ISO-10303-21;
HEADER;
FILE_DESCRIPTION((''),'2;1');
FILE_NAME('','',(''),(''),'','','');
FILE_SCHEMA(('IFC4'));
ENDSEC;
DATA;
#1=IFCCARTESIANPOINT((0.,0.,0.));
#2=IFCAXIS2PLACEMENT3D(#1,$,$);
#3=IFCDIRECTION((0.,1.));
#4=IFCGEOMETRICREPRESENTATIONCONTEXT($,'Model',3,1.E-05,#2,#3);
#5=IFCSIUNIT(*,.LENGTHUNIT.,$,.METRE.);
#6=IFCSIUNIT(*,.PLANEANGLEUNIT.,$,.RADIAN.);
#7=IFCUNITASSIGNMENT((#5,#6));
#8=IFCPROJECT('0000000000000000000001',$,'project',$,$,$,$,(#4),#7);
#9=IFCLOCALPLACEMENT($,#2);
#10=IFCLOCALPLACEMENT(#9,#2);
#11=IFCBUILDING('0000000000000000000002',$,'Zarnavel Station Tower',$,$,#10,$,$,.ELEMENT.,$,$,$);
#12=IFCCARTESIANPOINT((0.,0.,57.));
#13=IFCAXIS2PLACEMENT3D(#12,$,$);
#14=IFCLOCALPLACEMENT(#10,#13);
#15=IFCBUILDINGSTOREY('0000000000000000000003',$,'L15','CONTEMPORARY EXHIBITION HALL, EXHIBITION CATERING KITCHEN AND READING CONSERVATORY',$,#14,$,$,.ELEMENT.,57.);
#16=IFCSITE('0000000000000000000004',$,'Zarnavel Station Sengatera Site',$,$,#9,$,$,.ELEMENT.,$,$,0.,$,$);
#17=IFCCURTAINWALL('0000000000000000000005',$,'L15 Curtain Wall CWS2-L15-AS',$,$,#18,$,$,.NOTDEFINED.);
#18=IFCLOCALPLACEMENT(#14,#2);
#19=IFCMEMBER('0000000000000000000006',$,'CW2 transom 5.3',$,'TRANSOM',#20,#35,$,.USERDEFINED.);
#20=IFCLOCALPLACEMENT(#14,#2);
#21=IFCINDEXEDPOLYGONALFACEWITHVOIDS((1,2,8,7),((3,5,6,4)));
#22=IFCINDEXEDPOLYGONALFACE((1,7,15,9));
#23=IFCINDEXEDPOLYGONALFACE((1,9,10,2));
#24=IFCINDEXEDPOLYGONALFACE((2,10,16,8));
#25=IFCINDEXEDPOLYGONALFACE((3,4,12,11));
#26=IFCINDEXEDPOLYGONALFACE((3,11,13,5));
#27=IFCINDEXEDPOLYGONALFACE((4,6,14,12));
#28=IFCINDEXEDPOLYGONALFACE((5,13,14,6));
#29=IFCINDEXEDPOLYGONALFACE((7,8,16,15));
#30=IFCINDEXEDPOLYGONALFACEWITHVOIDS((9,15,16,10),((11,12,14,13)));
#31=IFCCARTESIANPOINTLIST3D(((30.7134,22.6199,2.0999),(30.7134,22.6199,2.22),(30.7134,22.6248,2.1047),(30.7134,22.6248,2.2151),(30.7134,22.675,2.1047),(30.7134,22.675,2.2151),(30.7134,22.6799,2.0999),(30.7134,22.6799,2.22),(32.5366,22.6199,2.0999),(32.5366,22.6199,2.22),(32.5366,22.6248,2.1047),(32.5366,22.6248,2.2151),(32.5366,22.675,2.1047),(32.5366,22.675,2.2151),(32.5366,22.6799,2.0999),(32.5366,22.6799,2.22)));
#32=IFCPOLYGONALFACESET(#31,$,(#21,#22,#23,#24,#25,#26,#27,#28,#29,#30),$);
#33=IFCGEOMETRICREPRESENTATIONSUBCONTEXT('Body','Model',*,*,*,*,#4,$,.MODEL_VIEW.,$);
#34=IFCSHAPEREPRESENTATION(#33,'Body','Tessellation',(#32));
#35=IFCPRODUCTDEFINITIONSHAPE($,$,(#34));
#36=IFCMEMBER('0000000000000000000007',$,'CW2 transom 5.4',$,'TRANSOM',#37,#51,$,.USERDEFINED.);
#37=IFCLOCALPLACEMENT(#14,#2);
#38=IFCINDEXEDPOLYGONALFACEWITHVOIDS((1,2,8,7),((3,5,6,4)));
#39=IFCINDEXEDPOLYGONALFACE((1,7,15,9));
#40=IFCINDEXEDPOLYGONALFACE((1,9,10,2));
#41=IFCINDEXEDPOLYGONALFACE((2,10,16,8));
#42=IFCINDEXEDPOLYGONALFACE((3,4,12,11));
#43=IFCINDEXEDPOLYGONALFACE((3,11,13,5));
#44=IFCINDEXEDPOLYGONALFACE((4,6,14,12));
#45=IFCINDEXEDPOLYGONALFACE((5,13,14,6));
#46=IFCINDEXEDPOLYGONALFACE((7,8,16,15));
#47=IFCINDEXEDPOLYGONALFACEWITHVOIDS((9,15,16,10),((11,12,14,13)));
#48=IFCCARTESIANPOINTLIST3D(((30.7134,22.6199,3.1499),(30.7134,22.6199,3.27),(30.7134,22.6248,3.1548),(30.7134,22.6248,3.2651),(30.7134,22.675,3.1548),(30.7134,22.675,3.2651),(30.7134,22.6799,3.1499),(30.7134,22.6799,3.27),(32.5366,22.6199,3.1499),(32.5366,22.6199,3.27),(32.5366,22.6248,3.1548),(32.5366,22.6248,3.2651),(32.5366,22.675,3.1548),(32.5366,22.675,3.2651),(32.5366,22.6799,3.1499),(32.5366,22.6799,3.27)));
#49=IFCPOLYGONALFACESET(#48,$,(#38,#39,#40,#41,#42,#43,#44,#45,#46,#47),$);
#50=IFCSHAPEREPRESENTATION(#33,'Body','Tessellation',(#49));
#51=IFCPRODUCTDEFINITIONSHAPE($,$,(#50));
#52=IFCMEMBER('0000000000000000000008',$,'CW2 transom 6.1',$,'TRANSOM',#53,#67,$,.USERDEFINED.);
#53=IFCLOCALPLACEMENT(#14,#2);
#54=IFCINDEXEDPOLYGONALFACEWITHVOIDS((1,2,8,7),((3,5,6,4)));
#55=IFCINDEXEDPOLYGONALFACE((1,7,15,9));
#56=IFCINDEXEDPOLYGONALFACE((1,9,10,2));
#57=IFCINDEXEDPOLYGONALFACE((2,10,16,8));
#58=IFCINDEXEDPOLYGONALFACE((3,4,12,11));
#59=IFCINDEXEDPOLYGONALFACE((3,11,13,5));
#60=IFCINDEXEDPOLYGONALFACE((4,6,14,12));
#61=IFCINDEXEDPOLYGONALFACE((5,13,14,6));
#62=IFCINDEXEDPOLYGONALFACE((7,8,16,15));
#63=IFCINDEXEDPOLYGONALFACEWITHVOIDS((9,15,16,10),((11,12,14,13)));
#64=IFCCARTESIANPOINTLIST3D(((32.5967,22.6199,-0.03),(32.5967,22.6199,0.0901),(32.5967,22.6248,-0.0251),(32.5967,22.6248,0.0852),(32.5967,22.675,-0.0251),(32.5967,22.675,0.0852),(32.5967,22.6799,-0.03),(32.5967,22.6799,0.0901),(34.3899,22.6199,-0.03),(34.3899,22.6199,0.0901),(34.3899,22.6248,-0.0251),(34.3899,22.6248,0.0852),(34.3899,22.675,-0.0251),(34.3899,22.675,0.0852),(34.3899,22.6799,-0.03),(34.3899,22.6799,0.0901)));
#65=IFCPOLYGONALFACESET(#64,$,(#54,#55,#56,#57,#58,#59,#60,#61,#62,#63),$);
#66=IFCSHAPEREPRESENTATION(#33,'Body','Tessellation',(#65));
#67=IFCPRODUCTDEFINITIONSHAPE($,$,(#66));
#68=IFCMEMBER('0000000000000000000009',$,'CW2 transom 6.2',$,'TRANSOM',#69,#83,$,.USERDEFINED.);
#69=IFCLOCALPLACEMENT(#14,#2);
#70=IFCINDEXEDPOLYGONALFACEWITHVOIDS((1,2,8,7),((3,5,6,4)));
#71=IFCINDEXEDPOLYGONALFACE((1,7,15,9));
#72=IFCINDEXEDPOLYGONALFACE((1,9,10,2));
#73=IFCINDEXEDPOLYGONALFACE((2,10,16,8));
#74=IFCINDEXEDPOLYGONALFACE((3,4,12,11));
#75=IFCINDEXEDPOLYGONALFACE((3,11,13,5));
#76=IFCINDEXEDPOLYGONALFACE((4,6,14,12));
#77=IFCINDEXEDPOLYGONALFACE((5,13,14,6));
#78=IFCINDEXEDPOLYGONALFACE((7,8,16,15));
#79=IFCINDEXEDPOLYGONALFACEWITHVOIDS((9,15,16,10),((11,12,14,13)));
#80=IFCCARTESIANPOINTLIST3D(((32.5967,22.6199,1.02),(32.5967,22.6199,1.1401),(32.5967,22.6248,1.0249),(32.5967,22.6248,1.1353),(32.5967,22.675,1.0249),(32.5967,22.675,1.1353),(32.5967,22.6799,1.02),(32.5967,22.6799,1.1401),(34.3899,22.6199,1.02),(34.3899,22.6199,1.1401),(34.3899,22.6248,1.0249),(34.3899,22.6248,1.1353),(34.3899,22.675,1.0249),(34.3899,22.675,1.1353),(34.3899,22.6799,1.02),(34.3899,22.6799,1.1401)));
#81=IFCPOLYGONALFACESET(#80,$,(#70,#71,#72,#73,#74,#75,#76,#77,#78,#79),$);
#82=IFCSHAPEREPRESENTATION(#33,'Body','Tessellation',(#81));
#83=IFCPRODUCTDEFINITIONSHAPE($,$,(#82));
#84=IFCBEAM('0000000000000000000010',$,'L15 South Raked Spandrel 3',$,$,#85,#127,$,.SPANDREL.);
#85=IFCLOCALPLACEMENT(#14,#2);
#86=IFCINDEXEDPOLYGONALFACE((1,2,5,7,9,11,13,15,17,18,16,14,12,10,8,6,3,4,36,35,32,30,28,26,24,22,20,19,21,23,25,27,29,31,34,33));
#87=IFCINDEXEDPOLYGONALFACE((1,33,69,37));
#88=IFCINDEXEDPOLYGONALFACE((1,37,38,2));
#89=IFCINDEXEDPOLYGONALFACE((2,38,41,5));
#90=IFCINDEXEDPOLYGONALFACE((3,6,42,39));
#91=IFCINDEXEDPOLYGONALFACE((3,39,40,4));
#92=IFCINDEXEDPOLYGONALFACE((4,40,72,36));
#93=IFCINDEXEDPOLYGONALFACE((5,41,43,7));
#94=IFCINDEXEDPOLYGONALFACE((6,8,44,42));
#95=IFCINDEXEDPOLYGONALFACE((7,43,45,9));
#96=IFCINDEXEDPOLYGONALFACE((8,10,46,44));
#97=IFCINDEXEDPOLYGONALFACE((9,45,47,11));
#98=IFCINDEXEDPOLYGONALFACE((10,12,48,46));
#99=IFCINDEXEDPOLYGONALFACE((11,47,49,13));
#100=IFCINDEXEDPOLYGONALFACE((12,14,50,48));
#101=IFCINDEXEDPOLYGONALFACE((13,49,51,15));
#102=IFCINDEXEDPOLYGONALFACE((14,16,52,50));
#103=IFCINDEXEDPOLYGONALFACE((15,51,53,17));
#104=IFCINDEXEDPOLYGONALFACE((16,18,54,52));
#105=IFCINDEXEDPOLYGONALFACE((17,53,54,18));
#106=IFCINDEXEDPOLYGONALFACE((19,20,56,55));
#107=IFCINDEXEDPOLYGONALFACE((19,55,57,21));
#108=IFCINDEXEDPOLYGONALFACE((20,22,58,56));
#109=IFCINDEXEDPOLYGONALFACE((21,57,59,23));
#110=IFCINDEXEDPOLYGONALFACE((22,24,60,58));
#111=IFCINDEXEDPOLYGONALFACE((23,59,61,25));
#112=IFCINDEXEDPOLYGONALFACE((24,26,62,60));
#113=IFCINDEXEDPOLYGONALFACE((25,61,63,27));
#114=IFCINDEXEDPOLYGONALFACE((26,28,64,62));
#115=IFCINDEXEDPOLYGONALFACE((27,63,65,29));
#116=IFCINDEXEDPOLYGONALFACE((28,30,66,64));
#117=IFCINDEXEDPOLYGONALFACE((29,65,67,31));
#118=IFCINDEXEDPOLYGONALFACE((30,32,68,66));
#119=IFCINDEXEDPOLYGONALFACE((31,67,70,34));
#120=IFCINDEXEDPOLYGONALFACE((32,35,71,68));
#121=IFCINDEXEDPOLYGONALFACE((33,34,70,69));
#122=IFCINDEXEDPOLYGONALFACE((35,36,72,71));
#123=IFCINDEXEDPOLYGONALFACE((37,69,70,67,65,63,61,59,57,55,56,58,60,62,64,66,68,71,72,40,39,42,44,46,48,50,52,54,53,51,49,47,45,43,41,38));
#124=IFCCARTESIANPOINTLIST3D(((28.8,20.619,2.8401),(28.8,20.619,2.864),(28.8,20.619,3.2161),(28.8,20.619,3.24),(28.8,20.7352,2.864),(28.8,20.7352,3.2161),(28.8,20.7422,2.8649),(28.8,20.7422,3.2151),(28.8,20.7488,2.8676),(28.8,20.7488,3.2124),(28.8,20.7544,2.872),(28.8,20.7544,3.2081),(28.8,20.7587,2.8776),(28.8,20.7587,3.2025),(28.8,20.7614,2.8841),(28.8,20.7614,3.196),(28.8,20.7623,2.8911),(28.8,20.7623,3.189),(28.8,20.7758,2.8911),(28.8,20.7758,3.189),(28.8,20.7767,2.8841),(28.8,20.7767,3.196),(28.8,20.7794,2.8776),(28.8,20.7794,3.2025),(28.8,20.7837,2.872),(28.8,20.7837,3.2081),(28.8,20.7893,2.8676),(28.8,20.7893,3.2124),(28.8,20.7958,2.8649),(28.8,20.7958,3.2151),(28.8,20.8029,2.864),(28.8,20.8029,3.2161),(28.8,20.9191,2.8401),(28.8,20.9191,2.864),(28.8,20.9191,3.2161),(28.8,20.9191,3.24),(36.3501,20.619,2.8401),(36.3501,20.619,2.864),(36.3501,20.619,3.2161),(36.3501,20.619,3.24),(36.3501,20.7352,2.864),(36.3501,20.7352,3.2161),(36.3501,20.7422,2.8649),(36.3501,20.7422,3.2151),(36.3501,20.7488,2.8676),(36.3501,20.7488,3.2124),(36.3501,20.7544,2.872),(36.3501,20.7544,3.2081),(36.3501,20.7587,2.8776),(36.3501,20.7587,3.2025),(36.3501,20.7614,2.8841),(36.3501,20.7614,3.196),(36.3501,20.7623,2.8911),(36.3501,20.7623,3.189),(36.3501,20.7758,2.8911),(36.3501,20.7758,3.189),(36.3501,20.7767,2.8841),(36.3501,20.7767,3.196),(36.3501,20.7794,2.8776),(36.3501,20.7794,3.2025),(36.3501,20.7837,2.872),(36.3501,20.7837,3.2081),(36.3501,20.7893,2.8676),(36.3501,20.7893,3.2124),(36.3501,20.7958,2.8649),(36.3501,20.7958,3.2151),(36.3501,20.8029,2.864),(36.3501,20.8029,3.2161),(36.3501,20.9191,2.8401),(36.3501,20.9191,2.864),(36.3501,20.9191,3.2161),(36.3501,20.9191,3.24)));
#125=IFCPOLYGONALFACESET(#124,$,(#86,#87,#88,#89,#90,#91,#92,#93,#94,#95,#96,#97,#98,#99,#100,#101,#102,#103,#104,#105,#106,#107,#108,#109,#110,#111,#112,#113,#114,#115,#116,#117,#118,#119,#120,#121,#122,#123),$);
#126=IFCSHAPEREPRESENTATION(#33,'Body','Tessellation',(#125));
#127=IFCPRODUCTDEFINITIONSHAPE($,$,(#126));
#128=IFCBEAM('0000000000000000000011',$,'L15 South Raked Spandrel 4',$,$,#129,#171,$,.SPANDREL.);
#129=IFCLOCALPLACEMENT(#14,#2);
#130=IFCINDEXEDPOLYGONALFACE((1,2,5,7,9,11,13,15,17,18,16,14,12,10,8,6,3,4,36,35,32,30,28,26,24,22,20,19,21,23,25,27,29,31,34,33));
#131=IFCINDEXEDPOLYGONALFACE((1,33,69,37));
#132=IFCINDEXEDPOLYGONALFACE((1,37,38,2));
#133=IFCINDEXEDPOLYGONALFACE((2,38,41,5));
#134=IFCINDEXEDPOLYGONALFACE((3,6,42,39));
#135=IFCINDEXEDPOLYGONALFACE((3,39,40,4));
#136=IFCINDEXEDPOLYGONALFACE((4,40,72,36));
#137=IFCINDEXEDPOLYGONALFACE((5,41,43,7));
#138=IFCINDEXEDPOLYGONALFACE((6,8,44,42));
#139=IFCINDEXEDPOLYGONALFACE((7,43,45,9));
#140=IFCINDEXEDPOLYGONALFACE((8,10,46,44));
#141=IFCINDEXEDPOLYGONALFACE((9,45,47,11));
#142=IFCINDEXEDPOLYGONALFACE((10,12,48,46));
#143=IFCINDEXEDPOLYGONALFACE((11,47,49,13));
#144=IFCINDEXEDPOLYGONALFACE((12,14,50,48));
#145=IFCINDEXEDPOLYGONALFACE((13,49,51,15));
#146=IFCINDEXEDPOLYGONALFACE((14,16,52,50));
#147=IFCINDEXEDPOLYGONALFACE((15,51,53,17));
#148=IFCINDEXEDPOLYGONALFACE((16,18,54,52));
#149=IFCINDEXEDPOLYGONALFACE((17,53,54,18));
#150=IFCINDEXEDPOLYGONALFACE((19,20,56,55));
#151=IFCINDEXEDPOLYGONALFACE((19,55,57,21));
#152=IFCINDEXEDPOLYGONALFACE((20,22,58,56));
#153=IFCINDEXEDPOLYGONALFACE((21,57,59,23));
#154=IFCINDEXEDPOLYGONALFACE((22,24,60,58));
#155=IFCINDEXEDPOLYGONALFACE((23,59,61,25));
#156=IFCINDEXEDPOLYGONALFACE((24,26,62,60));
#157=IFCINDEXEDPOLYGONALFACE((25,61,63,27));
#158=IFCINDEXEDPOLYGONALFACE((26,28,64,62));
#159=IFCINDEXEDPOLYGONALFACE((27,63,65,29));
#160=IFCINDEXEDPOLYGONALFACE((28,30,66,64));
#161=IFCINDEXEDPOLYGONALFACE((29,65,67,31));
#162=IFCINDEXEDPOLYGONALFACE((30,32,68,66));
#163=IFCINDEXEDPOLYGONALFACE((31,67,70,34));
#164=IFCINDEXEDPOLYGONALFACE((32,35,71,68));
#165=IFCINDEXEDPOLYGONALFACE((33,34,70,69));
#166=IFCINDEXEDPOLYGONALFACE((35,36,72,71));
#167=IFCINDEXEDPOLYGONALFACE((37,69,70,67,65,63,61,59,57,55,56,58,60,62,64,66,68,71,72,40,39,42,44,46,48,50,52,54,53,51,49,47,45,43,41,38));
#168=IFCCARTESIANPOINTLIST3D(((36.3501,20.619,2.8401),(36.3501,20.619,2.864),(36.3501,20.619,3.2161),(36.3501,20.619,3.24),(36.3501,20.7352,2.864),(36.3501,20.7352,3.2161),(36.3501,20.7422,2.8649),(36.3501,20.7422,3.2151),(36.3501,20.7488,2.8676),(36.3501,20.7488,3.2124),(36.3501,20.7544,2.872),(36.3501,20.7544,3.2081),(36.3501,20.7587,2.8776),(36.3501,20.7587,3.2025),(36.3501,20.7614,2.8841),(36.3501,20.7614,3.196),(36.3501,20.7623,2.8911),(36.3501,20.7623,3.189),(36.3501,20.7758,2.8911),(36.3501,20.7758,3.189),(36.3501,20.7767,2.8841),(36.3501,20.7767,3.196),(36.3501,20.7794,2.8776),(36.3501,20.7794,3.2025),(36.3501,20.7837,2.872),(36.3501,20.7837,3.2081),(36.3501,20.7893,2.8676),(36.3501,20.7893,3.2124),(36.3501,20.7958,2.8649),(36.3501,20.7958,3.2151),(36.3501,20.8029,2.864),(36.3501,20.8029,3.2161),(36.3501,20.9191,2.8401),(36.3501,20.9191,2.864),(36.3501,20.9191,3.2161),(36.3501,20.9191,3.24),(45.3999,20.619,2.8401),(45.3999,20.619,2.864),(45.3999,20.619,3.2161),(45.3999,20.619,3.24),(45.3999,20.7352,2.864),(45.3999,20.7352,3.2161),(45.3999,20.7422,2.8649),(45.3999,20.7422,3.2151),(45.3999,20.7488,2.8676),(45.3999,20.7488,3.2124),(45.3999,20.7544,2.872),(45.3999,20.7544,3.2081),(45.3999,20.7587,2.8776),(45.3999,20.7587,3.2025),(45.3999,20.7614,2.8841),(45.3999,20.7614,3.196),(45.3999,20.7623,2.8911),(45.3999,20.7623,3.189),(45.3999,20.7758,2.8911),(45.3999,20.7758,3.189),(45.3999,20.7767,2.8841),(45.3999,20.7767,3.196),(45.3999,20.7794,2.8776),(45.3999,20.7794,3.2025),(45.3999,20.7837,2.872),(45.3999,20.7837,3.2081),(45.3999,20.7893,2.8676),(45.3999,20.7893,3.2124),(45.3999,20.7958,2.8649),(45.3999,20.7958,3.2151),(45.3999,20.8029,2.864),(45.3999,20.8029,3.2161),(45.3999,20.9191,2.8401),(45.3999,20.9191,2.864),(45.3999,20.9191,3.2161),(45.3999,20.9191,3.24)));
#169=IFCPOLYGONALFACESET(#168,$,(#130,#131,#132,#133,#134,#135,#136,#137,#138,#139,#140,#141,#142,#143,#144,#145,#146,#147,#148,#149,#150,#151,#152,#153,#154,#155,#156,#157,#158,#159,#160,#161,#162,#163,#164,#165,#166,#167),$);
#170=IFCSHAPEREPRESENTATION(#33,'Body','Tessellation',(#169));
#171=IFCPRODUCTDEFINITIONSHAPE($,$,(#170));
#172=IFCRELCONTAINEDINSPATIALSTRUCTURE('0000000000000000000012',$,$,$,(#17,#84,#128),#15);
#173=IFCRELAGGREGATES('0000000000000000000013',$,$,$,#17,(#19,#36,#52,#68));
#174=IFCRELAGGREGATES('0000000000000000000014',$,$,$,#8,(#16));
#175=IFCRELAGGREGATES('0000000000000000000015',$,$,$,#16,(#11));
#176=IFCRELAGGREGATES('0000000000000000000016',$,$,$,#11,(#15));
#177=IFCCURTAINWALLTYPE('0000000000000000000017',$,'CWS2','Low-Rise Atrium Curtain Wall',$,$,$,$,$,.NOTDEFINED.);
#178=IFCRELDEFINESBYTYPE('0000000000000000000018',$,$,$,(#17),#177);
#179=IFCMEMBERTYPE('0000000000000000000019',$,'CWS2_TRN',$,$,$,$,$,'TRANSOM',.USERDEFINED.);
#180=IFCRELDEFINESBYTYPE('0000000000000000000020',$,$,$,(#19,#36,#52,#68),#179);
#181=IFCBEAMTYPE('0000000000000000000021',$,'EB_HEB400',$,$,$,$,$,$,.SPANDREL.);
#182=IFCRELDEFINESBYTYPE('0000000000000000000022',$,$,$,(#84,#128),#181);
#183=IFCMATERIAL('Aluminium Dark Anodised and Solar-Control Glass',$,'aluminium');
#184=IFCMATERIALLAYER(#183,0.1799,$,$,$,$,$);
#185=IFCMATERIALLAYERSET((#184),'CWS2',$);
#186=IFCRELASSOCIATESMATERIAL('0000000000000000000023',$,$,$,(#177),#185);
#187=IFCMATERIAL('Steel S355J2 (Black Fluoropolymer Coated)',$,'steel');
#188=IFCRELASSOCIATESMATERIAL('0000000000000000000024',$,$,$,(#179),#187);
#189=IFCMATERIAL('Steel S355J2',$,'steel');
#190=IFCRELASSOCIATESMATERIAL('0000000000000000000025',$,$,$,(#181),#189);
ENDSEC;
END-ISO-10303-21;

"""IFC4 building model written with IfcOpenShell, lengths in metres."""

from ifc_helpers import new_model, si_unit, direction, frame, origin, origin_2d, place, context, subcontext, project, spatial, hollow_rectangle, i_section, extrude, material, layer, layer_set, material_profile, profile_set, type_object, element, aggregate, save


model = new_model("IFC4")

# Units and contexts
model_context = context("Model", 3, precision=1e-05, world=origin(), true_north=direction((0.0, 1.0)))
body_context = subcontext(model_context, "Body", "Model", "MODEL_VIEW")
ifc_project = project(units=[si_unit("LENGTHUNIT", "METRE"), si_unit("PLANEANGLEUNIT", "RADIAN")], contexts=[model_context])

# Site, building, storey
site_placement = place(None, origin())
site = spatial("IfcSite", under=ifc_project, at=site_placement, Name="Zarnavel Station Sengatera Site", CompositionType="ELEMENT", RefElevation=0.0)
building_placement = place(site_placement, origin())
building = spatial("IfcBuilding", under=site, at=building_placement, Name="Zarnavel Station Tower", CompositionType="ELEMENT")
storey_placement = place(building_placement, frame((0.0, 0.0, 57.0)))
storey = spatial("IfcBuildingStorey", under=building, at=storey_placement, Name="L15", Description="CONTEMPORARY EXHIBITION HALL, EXHIBITION CATERING KITCHEN AND READING CONSERVATORY", CompositionType="ELEMENT", Elevation=57.0)

# Curtain wall, members
ifc_material_1 = material(Name="Aluminium Dark Anodised and Solar-Control Glass", Category="aluminium")
ifc_layer_1 = layer(ifc_material_1, 0.1799)
ifc_layer_set_1 = layer_set([ifc_layer_1], Name="CWS2")
curtain_wall_type = type_object("IfcCurtainWallType", Name="CWS2", Description="Low-Rise Atrium Curtain Wall", PredefinedType="NOTDEFINED", material=ifc_layer_set_1)
curtain_wall_placement = place(storey_placement, origin())
curtain_wall = element("IfcCurtainWall", 1, at=curtain_wall_placement, inside=storey, type_object=curtain_wall_type, Name="L15 Curtain Wall CWS2-L15-AS", PredefinedType="NOTDEFINED")
ifc_material_2 = material(Name="Steel S355J2 (Black Fluoropolymer Coated)", Category="steel")
ifc_material_profile_1 = material_profile(ifc_material_2, hollow_rectangle(XDim=0.0601, YDim=0.1201, WallThickness=0.0049, at=origin_2d()), Name="RHS120x60x5")
ifc_profile_set_1 = profile_set([ifc_material_profile_1], Name="Steel S355J2 (Black Fluoropolymer Coated)")
member_type_1 = type_object("IfcMemberType", Name="CWS2_TRN", ElementType="TRANSOM", PredefinedType="USERDEFINED", material=ifc_profile_set_1)
member_1_placement = place(storey_placement, frame((30.7134, 22.6499, 2.1599), z_axis=(1.0, 0.0, 0.0), x_axis=(0.0, 1.0, 0.0)))
member_1 = element("IfcMember", 2, at=member_1_placement, type_object=member_type_1, Name="CW2 transom 5.3", ObjectType="TRANSOM", PredefinedType="USERDEFINED", context=body_context, shape_type="SweptSolid", body=[
    extrude(hollow_rectangle(XDim=0.0601, YDim=0.1201, WallThickness=0.0049, at=origin_2d()), origin(), (0.0, 0.0, 1.0), 1.8232),
])
member_2_placement = place(storey_placement, frame((30.7134, 22.6499, 3.21), z_axis=(1.0, 0.0, 0.0), x_axis=(0.0, 1.0, 0.0)))
member_2 = element("IfcMember", 3, at=member_2_placement, type_object=member_type_1, Name="CW2 transom 5.4", ObjectType="TRANSOM", PredefinedType="USERDEFINED", context=body_context, shape_type="SweptSolid", body=[
    extrude(hollow_rectangle(XDim=0.0601, YDim=0.1201, WallThickness=0.0049, at=origin_2d()), origin(), (0.0, 0.0, 1.0), 1.8232),
])
member_3_placement = place(storey_placement, frame((32.5967, 22.6499, 0.03), z_axis=(1.0, 0.0, 0.0), x_axis=(0.0, 1.0, 0.0)))
member_3 = element("IfcMember", 4, at=member_3_placement, type_object=member_type_1, Name="CW2 transom 6.1", ObjectType="TRANSOM", PredefinedType="USERDEFINED", context=body_context, shape_type="SweptSolid", body=[
    extrude(hollow_rectangle(XDim=0.0601, YDim=0.1201, WallThickness=0.0049, at=origin_2d()), origin(), (0.0, 0.0, 1.0), 1.7932),
])
member_4_placement = place(storey_placement, frame((32.5967, 22.6499, 1.0801), z_axis=(1.0, 0.0, 0.0), x_axis=(0.0, 1.0, 0.0)))
member_4 = element("IfcMember", 5, at=member_4_placement, type_object=member_type_1, Name="CW2 transom 6.2", ObjectType="TRANSOM", PredefinedType="USERDEFINED", context=body_context, shape_type="SweptSolid", body=[
    extrude(hollow_rectangle(XDim=0.0601, YDim=0.1201, WallThickness=0.0049, at=origin_2d()), origin(), (0.0, 0.0, 1.0), 1.7932),
])

# Beams
ifc_material_3 = material(Name="Steel S355J2", Category="steel")
ifc_material_profile_2 = material_profile(ifc_material_3, i_section(OverallWidth=0.3, OverallDepth=0.3999, WebThickness=0.0134, FlangeThickness=0.0239, FilletRadius=0.0271, at=origin_2d()), Name="HEB400")
ifc_profile_set_2 = profile_set([ifc_material_profile_2], Name="Steel S355J2")
beam_type_1 = type_object("IfcBeamType", Name="EB_HEB400", PredefinedType="SPANDREL", material=ifc_profile_set_2)
beam_1_placement = place(storey_placement, frame((28.8, 20.769, 3.04), z_axis=(1.0, 0.0, 0.0), x_axis=(0.0, 1.0, 0.0)))
element("IfcBeam", 6, at=beam_1_placement, inside=storey, type_object=beam_type_1, Name="L15 South Raked Spandrel 3", PredefinedType="SPANDREL", context=body_context, shape_type="SweptSolid", body=[
    extrude(i_section(OverallWidth=0.3, OverallDepth=0.3999, WebThickness=0.0134, FlangeThickness=0.0239, FilletRadius=0.0271, at=origin_2d()), origin(), (0.0, 0.0, 1.0), 7.55),
])
beam_2_placement = place(storey_placement, frame((36.3501, 20.769, 3.04), z_axis=(1.0, 0.0, 0.0), x_axis=(0.0, 1.0, 0.0)))
element("IfcBeam", 7, at=beam_2_placement, inside=storey, type_object=beam_type_1, Name="L15 South Raked Spandrel 4", PredefinedType="SPANDREL", context=body_context, shape_type="SweptSolid", body=[
    extrude(i_section(OverallWidth=0.3, OverallDepth=0.3999, WebThickness=0.0134, FlangeThickness=0.0239, FilletRadius=0.0271, at=origin_2d()), origin(), (0.0, 0.0, 1.0), 9.0498),
])

aggregate(curtain_wall, [member_1, member_2, member_3, member_4])

save(model, "model.ifc")
